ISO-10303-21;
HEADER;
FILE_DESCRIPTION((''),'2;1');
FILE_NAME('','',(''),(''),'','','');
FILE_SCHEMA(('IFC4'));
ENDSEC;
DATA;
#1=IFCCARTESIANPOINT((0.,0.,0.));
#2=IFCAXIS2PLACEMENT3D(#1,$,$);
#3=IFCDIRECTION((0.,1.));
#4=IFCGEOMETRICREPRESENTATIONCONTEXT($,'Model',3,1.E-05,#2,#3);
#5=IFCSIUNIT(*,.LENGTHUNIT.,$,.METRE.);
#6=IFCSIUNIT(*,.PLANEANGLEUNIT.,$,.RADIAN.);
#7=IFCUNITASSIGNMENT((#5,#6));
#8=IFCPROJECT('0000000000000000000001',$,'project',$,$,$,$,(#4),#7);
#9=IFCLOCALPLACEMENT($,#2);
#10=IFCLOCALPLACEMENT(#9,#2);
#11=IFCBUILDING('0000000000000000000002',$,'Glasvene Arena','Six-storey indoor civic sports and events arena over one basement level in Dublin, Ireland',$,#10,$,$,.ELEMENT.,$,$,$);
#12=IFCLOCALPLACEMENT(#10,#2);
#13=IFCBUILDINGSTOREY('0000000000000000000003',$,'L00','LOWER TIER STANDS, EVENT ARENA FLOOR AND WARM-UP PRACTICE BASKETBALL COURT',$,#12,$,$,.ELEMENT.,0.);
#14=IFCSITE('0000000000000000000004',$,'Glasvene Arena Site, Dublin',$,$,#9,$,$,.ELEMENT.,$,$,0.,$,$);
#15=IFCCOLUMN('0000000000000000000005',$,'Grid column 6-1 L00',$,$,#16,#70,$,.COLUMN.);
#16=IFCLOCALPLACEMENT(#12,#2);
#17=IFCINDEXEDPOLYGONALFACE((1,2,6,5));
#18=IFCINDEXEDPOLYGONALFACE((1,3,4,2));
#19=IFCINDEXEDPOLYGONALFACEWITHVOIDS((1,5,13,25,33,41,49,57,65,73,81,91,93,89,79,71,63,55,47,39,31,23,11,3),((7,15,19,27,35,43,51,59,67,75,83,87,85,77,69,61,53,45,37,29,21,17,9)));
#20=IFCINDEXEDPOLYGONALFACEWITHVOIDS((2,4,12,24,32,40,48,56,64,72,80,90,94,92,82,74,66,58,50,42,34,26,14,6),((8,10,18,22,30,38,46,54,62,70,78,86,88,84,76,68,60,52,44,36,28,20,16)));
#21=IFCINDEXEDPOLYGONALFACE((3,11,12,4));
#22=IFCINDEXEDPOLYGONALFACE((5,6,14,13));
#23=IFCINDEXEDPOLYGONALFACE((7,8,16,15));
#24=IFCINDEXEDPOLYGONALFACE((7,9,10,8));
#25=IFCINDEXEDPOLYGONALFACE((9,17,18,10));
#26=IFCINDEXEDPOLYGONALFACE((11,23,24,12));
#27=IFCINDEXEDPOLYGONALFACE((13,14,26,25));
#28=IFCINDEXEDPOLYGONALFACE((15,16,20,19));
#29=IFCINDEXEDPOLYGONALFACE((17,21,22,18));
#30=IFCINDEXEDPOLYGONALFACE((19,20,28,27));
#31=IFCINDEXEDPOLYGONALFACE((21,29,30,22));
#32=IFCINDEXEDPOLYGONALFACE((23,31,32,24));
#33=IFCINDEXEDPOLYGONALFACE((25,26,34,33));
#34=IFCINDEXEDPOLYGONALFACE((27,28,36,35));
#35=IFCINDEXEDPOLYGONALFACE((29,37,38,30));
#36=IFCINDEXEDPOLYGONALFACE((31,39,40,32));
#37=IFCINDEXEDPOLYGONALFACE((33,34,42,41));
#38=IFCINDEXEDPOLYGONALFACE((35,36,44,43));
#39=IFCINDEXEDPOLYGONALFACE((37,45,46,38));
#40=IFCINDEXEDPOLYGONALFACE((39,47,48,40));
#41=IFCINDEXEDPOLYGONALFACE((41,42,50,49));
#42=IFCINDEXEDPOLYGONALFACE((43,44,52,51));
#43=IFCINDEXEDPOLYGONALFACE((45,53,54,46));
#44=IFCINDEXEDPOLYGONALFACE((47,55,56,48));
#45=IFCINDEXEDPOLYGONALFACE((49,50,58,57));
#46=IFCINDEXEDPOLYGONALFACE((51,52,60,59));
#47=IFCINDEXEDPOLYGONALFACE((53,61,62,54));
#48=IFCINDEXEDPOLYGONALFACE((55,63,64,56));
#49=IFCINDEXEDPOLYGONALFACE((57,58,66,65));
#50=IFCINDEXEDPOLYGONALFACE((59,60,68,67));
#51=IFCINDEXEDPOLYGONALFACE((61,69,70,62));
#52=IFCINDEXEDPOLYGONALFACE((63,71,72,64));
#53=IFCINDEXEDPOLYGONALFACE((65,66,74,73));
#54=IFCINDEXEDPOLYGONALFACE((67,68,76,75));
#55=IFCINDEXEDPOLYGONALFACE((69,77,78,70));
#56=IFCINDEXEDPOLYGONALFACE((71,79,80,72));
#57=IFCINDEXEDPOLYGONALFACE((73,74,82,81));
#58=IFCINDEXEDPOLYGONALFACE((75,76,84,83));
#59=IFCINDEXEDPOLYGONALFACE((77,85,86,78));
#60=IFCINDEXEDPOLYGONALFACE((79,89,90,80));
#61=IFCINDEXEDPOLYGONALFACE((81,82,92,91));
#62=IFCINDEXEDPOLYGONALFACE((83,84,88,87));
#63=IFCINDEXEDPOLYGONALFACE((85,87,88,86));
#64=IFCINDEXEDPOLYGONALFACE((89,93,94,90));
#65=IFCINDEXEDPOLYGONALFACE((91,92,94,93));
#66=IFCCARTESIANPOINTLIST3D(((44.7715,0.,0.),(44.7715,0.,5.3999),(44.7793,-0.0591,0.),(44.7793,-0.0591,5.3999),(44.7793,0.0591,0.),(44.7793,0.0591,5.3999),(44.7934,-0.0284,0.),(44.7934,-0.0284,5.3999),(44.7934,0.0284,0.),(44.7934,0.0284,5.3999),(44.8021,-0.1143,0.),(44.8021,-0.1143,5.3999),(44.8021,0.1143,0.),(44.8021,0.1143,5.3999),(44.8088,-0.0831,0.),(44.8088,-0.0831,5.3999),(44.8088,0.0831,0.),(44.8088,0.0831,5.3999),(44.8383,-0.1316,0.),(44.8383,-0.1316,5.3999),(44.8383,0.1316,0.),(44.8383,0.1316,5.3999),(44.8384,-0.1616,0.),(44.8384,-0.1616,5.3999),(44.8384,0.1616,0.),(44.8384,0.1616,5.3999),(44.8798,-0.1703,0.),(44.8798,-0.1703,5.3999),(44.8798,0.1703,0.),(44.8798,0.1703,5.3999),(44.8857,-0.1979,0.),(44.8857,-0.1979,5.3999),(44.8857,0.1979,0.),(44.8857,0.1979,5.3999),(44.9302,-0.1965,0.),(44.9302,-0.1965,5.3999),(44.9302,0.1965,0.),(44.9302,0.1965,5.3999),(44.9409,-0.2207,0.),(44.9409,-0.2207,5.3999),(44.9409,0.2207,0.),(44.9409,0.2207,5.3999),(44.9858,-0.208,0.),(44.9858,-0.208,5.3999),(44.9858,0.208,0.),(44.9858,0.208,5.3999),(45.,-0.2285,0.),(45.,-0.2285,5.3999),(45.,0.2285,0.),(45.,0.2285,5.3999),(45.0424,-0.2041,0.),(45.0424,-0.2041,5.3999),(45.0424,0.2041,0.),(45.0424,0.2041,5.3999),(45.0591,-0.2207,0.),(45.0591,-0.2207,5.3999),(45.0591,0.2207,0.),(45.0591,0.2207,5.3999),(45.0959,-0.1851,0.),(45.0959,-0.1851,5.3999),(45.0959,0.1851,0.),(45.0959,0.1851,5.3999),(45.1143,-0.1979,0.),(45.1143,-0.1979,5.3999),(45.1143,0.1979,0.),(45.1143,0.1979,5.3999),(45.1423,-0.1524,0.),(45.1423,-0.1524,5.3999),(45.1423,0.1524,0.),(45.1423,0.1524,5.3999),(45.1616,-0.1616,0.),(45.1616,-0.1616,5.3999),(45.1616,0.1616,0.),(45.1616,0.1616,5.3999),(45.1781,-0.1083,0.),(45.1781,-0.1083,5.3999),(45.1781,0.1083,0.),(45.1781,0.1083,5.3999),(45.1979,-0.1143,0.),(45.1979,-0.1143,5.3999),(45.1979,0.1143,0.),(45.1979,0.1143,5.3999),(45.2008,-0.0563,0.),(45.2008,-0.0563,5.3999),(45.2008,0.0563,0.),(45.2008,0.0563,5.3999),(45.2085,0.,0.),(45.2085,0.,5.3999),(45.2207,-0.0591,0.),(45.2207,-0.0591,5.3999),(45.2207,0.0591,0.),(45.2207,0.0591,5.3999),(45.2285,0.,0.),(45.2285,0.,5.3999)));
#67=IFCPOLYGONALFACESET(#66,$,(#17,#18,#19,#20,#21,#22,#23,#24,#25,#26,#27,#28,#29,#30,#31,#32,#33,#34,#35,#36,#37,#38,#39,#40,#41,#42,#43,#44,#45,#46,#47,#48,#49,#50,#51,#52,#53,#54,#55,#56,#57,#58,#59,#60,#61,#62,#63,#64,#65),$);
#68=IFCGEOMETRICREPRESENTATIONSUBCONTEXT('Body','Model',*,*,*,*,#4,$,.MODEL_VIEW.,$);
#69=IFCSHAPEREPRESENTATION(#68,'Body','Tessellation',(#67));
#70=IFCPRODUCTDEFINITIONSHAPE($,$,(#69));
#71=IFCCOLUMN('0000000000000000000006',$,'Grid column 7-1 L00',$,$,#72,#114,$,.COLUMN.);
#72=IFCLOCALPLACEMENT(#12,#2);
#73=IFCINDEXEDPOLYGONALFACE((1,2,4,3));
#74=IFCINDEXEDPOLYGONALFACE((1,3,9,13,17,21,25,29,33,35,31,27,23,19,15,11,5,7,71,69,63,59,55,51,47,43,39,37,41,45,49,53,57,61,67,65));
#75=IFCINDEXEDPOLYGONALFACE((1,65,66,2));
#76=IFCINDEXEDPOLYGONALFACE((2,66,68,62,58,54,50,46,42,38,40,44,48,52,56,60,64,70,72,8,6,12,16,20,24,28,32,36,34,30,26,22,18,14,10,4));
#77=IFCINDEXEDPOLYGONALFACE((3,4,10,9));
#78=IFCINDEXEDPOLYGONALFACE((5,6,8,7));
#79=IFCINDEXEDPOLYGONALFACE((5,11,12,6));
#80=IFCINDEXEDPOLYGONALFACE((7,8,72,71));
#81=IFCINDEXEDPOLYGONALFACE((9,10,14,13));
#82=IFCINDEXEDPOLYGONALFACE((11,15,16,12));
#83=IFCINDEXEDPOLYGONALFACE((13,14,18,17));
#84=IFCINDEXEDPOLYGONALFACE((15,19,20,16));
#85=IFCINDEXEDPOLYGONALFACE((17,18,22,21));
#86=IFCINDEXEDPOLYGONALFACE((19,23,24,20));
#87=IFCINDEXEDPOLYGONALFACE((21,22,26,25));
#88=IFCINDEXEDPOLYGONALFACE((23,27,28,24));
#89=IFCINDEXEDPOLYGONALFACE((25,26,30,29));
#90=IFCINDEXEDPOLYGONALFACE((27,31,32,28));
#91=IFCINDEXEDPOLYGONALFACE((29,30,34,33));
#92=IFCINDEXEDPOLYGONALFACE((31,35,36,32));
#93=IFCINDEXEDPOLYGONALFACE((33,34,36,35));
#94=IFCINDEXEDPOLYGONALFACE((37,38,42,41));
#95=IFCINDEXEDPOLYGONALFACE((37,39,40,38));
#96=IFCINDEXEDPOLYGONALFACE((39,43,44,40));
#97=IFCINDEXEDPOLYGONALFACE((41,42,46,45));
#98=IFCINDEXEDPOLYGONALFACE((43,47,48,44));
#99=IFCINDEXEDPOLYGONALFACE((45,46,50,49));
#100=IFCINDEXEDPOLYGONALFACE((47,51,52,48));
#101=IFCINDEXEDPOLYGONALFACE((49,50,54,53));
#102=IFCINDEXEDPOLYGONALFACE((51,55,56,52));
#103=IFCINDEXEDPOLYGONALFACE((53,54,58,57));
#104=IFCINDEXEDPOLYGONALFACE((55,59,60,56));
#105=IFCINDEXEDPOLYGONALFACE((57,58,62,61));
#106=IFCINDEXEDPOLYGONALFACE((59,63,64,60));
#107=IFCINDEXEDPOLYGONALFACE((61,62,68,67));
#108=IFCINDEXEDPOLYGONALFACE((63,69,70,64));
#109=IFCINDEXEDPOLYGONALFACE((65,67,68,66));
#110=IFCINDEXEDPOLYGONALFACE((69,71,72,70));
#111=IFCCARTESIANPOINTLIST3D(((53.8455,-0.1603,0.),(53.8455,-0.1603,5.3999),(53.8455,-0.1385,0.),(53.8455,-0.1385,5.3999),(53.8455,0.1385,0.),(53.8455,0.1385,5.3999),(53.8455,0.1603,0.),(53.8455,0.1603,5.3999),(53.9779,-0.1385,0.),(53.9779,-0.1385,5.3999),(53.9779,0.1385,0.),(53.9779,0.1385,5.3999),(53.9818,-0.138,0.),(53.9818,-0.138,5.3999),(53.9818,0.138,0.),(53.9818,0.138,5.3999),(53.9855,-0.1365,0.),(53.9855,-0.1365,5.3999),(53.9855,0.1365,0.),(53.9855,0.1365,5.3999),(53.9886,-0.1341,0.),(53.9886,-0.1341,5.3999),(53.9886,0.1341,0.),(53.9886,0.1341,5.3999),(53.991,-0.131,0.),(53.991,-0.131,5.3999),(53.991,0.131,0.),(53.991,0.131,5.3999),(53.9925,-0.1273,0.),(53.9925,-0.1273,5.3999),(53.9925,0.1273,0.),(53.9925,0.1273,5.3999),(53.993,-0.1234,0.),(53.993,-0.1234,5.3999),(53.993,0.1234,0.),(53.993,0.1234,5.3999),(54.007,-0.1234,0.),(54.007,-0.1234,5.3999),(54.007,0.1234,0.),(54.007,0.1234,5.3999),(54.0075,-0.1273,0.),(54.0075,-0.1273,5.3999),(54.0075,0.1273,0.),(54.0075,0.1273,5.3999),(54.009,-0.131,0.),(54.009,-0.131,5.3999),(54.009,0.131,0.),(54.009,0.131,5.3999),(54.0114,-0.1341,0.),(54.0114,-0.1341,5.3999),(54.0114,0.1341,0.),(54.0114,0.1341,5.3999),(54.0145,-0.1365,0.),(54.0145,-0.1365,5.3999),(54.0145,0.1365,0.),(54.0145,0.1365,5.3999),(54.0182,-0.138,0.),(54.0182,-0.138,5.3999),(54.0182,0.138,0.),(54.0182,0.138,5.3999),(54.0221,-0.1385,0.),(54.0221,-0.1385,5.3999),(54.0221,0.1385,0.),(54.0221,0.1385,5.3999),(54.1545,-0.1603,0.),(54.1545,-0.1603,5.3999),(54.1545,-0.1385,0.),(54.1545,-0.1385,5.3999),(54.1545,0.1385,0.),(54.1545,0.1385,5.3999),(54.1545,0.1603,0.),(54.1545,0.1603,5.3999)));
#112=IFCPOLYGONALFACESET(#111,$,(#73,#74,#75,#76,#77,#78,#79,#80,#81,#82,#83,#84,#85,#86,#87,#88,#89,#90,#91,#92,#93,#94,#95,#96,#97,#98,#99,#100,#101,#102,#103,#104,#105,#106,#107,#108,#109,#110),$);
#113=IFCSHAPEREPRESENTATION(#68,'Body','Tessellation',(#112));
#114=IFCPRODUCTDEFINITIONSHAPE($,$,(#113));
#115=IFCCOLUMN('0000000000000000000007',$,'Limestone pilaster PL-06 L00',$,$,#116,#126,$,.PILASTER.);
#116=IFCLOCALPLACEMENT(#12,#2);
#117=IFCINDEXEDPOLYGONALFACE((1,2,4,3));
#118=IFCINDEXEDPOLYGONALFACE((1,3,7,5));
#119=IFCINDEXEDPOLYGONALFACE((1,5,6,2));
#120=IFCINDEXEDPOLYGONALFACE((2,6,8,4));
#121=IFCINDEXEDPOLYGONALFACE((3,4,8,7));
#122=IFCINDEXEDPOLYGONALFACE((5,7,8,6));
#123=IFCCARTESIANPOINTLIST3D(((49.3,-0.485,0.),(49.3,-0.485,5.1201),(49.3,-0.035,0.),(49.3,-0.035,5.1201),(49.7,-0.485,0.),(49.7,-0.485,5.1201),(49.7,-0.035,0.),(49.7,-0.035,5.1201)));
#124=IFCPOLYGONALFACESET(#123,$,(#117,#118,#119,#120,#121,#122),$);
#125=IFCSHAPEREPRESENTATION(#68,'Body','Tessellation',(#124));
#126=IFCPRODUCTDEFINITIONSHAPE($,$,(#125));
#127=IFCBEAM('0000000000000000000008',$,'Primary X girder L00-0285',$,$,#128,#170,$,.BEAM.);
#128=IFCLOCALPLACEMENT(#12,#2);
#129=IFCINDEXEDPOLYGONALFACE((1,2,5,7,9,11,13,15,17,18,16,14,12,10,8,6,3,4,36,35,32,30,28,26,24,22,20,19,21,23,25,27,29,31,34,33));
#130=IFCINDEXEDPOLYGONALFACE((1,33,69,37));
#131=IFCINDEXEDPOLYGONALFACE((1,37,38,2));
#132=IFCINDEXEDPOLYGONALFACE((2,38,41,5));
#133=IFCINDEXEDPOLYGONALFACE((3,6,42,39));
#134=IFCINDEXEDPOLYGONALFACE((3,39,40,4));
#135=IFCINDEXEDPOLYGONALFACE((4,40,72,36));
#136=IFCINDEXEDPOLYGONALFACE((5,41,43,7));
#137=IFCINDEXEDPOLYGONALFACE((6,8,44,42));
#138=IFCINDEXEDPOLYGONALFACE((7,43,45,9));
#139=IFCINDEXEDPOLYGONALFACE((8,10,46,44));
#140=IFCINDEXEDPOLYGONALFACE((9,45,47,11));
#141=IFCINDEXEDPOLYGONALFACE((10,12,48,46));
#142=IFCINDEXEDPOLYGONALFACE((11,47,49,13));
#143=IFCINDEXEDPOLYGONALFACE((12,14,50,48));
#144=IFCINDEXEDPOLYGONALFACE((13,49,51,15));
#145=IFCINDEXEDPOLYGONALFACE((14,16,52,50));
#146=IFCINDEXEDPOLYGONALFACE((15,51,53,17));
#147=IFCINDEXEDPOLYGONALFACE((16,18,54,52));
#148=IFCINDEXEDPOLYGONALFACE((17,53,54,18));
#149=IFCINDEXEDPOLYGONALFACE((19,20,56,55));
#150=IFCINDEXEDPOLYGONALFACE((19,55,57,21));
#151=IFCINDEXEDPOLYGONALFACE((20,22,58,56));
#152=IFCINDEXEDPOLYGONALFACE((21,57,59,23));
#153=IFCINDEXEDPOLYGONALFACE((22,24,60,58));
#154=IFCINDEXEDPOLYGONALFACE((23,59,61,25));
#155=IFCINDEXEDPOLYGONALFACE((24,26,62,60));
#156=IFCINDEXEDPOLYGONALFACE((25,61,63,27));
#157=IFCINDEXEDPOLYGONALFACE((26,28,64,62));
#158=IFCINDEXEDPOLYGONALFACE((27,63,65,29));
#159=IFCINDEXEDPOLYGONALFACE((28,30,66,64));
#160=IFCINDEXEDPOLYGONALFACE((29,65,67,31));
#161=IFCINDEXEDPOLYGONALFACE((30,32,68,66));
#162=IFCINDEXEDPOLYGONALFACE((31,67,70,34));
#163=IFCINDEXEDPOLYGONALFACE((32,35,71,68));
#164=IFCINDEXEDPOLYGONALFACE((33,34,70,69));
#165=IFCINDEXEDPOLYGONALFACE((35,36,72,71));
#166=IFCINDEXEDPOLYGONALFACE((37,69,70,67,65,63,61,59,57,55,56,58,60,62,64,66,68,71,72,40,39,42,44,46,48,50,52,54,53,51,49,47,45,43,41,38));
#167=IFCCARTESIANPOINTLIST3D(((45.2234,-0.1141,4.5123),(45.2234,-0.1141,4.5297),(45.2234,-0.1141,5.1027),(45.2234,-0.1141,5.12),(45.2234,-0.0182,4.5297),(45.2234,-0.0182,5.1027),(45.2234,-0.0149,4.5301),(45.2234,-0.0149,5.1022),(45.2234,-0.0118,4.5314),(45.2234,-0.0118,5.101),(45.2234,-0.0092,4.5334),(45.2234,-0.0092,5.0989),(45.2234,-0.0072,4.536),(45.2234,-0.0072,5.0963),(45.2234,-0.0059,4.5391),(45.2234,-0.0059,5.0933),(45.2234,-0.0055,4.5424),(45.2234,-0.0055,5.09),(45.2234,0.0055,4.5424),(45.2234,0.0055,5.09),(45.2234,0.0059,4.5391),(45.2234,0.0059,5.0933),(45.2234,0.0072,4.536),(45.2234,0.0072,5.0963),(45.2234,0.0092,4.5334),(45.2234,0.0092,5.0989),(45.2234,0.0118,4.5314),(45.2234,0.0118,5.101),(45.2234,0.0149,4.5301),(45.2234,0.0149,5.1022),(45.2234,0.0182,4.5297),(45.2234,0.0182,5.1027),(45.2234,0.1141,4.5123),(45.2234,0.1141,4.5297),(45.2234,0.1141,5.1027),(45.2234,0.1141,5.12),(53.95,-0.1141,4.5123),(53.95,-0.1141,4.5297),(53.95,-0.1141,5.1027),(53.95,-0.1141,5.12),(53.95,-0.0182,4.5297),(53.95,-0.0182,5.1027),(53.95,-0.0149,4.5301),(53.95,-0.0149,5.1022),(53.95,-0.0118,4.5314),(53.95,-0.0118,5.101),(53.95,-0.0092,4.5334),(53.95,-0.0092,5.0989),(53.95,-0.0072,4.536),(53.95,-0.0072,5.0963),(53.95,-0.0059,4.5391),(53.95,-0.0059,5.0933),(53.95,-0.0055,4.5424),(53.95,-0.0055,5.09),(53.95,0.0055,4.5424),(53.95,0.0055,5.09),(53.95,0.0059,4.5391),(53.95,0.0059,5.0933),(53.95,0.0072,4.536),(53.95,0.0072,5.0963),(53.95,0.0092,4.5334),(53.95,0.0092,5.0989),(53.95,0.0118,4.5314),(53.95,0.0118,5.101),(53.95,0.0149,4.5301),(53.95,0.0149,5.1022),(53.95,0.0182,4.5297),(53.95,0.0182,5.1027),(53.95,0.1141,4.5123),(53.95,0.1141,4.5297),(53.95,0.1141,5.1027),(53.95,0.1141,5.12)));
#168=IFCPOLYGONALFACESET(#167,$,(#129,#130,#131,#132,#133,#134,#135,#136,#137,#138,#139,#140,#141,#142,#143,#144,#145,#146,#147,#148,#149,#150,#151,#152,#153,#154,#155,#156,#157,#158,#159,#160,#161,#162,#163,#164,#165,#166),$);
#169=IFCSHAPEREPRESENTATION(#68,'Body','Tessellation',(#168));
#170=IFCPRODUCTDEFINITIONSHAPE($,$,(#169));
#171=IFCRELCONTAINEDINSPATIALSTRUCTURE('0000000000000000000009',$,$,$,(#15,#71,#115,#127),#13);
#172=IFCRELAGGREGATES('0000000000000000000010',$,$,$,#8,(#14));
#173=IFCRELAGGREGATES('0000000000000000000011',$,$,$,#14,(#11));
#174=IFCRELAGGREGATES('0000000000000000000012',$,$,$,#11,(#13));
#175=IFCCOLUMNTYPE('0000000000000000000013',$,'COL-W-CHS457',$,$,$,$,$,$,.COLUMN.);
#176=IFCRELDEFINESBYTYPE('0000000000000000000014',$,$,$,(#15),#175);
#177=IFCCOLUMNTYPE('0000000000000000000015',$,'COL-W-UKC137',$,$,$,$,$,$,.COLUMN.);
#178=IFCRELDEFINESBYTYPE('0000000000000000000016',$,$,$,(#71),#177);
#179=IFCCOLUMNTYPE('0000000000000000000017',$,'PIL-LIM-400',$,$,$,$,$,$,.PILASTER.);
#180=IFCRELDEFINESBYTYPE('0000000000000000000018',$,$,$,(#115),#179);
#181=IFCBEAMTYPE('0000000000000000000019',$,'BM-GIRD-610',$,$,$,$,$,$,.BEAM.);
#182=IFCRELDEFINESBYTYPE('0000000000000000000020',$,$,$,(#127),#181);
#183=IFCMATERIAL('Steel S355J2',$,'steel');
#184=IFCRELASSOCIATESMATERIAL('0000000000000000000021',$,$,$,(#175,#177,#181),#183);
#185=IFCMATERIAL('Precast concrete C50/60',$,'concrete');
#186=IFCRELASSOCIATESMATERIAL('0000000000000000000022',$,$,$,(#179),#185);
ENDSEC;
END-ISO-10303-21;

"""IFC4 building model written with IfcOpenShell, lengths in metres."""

from ifc_helpers import new_model, si_unit, direction, frame, origin, origin_2d, place, context, subcontext, project, spatial, rectangle, hollow_circle, i_section, extrude, material, material_profile, profile_set, type_object, element, save


model = new_model("IFC4")

# Units and contexts
model_context = context("Model", 3, precision=1e-05, world=origin(), true_north=direction((0.0, 1.0)))
body_context = subcontext(model_context, "Body", "Model", "MODEL_VIEW")
ifc_project = project(units=[si_unit("LENGTHUNIT", "METRE"), si_unit("PLANEANGLEUNIT", "RADIAN")], contexts=[model_context])

# Site, building, storey
site_placement = place(None, origin())
site = spatial("IfcSite", under=ifc_project, at=site_placement, Name="Glasvene Arena Site, Dublin", CompositionType="ELEMENT", RefElevation=0.0)
building_placement = place(site_placement, origin())
building = spatial("IfcBuilding", under=site, at=building_placement, Name="Glasvene Arena", Description="Six-storey indoor civic sports and events arena over one basement level in Dublin, Ireland", CompositionType="ELEMENT")
storey_placement = place(building_placement, origin())
storey = spatial("IfcBuildingStorey", under=building, at=storey_placement, Name="L00", Description="LOWER TIER STANDS, EVENT ARENA FLOOR AND WARM-UP PRACTICE BASKETBALL COURT", CompositionType="ELEMENT", Elevation=0.0)

# Columns
ifc_material_1 = material(Name="Steel S355J2", Category="steel")
ifc_material_profile_1 = material_profile(ifc_material_1, hollow_circle(Radius=0.2285, WallThickness=0.02, at=origin_2d()), Name="CHS 457.0x20.0")
ifc_profile_set_1 = profile_set([ifc_material_profile_1], Name="Steel S355J2")
column_type_1 = type_object("IfcColumnType", Name="COL-W-CHS457", PredefinedType="COLUMN", material=ifc_profile_set_1)
column_1_placement = place(storey_placement, frame((45.0, 0.0, 0.0), z_axis=(0.0, 0.0, 1.0), x_axis=(1.0, 0.0, 0.0)))
element("IfcColumn", 1, at=column_1_placement, inside=storey, type_object=column_type_1, Name="Grid column 6-1 L00", PredefinedType="COLUMN", context=body_context, shape_type="SweptSolid", body=[
    extrude(hollow_circle(Radius=0.2285, WallThickness=0.02, at=origin_2d()), origin(), (0.0, 0.0, 1.0), 5.3999),
])
ifc_material_profile_2 = material_profile(ifc_material_1, i_section(OverallWidth=0.3091, OverallDepth=0.3206, WebThickness=0.0139, FlangeThickness=0.0217, FilletRadius=0.0151, at=origin_2d()), Name="UKC 305x305x137")
ifc_profile_set_2 = profile_set([ifc_material_profile_2], Name="Steel S355J2")
column_type_2 = type_object("IfcColumnType", Name="COL-W-UKC137", PredefinedType="COLUMN", material=ifc_profile_set_2)
column_2_placement = place(storey_placement, frame((54.0, 0.0, 0.0), z_axis=(0.0, 0.0, 1.0), x_axis=(1.0, 0.0, 0.0)))
element("IfcColumn", 2, at=column_2_placement, inside=storey, type_object=column_type_2, Name="Grid column 7-1 L00", PredefinedType="COLUMN", context=body_context, shape_type="SweptSolid", body=[
    extrude(i_section(OverallWidth=0.3091, OverallDepth=0.3206, WebThickness=0.0139, FlangeThickness=0.0217, FilletRadius=0.0151, at=origin_2d()), origin(), (0.0, 0.0, 1.0), 5.3999),
])
ifc_material_2 = material(Name="Precast concrete C50/60", Category="concrete")
ifc_material_profile_3 = material_profile(ifc_material_2, rectangle(XDim=0.3999, YDim=0.45, at=origin_2d()), Name="RC 400x450")
ifc_profile_set_3 = profile_set([ifc_material_profile_3], Name="Precast concrete C50/60")
column_type_3 = type_object("IfcColumnType", Name="PIL-LIM-400", PredefinedType="PILASTER", material=ifc_profile_set_3)
column_3_placement = place(storey_placement, frame((49.5, -0.26, 0.0), z_axis=(0.0, 0.0, 1.0), x_axis=(1.0, 0.0, 0.0)))
element("IfcColumn", 3, at=column_3_placement, inside=storey, type_object=column_type_3, Name="Limestone pilaster PL-06 L00", PredefinedType="PILASTER", context=body_context, shape_type="SweptSolid", body=[
    extrude(rectangle(XDim=0.3999, YDim=0.45, at=origin_2d()), origin(), (0.0, 0.0, 1.0), 5.1201),
])

# Beam
ifc_material_profile_4 = material_profile(ifc_material_1, i_section(OverallWidth=0.2283, OverallDepth=0.6077, WebThickness=0.011, FlangeThickness=0.0173, FilletRadius=0.0127, at=origin_2d()), Name="UKB 610x229x113")
ifc_profile_set_4 = profile_set([ifc_material_profile_4], Name="Steel S355J2")
beam_type_1 = type_object("IfcBeamType", Name="BM-GIRD-610", PredefinedType="BEAM", material=ifc_profile_set_4)
beam_1_placement = place(storey_placement, frame((45.2234, 0.0, 4.8162), z_axis=(1.0, 0.0, 0.0), x_axis=(0.0, 1.0, 0.0)))
element("IfcBeam", 4, at=beam_1_placement, inside=storey, type_object=beam_type_1, Name="Primary X girder L00-0285", PredefinedType="BEAM", context=body_context, shape_type="SweptSolid", body=[
    extrude(i_section(OverallWidth=0.2283, OverallDepth=0.6077, WebThickness=0.011, FlangeThickness=0.0173, FilletRadius=0.0127, at=origin_2d()), origin(), (0.0, 0.0, 1.0), 8.7266),
])

save(model, "model.ifc")
